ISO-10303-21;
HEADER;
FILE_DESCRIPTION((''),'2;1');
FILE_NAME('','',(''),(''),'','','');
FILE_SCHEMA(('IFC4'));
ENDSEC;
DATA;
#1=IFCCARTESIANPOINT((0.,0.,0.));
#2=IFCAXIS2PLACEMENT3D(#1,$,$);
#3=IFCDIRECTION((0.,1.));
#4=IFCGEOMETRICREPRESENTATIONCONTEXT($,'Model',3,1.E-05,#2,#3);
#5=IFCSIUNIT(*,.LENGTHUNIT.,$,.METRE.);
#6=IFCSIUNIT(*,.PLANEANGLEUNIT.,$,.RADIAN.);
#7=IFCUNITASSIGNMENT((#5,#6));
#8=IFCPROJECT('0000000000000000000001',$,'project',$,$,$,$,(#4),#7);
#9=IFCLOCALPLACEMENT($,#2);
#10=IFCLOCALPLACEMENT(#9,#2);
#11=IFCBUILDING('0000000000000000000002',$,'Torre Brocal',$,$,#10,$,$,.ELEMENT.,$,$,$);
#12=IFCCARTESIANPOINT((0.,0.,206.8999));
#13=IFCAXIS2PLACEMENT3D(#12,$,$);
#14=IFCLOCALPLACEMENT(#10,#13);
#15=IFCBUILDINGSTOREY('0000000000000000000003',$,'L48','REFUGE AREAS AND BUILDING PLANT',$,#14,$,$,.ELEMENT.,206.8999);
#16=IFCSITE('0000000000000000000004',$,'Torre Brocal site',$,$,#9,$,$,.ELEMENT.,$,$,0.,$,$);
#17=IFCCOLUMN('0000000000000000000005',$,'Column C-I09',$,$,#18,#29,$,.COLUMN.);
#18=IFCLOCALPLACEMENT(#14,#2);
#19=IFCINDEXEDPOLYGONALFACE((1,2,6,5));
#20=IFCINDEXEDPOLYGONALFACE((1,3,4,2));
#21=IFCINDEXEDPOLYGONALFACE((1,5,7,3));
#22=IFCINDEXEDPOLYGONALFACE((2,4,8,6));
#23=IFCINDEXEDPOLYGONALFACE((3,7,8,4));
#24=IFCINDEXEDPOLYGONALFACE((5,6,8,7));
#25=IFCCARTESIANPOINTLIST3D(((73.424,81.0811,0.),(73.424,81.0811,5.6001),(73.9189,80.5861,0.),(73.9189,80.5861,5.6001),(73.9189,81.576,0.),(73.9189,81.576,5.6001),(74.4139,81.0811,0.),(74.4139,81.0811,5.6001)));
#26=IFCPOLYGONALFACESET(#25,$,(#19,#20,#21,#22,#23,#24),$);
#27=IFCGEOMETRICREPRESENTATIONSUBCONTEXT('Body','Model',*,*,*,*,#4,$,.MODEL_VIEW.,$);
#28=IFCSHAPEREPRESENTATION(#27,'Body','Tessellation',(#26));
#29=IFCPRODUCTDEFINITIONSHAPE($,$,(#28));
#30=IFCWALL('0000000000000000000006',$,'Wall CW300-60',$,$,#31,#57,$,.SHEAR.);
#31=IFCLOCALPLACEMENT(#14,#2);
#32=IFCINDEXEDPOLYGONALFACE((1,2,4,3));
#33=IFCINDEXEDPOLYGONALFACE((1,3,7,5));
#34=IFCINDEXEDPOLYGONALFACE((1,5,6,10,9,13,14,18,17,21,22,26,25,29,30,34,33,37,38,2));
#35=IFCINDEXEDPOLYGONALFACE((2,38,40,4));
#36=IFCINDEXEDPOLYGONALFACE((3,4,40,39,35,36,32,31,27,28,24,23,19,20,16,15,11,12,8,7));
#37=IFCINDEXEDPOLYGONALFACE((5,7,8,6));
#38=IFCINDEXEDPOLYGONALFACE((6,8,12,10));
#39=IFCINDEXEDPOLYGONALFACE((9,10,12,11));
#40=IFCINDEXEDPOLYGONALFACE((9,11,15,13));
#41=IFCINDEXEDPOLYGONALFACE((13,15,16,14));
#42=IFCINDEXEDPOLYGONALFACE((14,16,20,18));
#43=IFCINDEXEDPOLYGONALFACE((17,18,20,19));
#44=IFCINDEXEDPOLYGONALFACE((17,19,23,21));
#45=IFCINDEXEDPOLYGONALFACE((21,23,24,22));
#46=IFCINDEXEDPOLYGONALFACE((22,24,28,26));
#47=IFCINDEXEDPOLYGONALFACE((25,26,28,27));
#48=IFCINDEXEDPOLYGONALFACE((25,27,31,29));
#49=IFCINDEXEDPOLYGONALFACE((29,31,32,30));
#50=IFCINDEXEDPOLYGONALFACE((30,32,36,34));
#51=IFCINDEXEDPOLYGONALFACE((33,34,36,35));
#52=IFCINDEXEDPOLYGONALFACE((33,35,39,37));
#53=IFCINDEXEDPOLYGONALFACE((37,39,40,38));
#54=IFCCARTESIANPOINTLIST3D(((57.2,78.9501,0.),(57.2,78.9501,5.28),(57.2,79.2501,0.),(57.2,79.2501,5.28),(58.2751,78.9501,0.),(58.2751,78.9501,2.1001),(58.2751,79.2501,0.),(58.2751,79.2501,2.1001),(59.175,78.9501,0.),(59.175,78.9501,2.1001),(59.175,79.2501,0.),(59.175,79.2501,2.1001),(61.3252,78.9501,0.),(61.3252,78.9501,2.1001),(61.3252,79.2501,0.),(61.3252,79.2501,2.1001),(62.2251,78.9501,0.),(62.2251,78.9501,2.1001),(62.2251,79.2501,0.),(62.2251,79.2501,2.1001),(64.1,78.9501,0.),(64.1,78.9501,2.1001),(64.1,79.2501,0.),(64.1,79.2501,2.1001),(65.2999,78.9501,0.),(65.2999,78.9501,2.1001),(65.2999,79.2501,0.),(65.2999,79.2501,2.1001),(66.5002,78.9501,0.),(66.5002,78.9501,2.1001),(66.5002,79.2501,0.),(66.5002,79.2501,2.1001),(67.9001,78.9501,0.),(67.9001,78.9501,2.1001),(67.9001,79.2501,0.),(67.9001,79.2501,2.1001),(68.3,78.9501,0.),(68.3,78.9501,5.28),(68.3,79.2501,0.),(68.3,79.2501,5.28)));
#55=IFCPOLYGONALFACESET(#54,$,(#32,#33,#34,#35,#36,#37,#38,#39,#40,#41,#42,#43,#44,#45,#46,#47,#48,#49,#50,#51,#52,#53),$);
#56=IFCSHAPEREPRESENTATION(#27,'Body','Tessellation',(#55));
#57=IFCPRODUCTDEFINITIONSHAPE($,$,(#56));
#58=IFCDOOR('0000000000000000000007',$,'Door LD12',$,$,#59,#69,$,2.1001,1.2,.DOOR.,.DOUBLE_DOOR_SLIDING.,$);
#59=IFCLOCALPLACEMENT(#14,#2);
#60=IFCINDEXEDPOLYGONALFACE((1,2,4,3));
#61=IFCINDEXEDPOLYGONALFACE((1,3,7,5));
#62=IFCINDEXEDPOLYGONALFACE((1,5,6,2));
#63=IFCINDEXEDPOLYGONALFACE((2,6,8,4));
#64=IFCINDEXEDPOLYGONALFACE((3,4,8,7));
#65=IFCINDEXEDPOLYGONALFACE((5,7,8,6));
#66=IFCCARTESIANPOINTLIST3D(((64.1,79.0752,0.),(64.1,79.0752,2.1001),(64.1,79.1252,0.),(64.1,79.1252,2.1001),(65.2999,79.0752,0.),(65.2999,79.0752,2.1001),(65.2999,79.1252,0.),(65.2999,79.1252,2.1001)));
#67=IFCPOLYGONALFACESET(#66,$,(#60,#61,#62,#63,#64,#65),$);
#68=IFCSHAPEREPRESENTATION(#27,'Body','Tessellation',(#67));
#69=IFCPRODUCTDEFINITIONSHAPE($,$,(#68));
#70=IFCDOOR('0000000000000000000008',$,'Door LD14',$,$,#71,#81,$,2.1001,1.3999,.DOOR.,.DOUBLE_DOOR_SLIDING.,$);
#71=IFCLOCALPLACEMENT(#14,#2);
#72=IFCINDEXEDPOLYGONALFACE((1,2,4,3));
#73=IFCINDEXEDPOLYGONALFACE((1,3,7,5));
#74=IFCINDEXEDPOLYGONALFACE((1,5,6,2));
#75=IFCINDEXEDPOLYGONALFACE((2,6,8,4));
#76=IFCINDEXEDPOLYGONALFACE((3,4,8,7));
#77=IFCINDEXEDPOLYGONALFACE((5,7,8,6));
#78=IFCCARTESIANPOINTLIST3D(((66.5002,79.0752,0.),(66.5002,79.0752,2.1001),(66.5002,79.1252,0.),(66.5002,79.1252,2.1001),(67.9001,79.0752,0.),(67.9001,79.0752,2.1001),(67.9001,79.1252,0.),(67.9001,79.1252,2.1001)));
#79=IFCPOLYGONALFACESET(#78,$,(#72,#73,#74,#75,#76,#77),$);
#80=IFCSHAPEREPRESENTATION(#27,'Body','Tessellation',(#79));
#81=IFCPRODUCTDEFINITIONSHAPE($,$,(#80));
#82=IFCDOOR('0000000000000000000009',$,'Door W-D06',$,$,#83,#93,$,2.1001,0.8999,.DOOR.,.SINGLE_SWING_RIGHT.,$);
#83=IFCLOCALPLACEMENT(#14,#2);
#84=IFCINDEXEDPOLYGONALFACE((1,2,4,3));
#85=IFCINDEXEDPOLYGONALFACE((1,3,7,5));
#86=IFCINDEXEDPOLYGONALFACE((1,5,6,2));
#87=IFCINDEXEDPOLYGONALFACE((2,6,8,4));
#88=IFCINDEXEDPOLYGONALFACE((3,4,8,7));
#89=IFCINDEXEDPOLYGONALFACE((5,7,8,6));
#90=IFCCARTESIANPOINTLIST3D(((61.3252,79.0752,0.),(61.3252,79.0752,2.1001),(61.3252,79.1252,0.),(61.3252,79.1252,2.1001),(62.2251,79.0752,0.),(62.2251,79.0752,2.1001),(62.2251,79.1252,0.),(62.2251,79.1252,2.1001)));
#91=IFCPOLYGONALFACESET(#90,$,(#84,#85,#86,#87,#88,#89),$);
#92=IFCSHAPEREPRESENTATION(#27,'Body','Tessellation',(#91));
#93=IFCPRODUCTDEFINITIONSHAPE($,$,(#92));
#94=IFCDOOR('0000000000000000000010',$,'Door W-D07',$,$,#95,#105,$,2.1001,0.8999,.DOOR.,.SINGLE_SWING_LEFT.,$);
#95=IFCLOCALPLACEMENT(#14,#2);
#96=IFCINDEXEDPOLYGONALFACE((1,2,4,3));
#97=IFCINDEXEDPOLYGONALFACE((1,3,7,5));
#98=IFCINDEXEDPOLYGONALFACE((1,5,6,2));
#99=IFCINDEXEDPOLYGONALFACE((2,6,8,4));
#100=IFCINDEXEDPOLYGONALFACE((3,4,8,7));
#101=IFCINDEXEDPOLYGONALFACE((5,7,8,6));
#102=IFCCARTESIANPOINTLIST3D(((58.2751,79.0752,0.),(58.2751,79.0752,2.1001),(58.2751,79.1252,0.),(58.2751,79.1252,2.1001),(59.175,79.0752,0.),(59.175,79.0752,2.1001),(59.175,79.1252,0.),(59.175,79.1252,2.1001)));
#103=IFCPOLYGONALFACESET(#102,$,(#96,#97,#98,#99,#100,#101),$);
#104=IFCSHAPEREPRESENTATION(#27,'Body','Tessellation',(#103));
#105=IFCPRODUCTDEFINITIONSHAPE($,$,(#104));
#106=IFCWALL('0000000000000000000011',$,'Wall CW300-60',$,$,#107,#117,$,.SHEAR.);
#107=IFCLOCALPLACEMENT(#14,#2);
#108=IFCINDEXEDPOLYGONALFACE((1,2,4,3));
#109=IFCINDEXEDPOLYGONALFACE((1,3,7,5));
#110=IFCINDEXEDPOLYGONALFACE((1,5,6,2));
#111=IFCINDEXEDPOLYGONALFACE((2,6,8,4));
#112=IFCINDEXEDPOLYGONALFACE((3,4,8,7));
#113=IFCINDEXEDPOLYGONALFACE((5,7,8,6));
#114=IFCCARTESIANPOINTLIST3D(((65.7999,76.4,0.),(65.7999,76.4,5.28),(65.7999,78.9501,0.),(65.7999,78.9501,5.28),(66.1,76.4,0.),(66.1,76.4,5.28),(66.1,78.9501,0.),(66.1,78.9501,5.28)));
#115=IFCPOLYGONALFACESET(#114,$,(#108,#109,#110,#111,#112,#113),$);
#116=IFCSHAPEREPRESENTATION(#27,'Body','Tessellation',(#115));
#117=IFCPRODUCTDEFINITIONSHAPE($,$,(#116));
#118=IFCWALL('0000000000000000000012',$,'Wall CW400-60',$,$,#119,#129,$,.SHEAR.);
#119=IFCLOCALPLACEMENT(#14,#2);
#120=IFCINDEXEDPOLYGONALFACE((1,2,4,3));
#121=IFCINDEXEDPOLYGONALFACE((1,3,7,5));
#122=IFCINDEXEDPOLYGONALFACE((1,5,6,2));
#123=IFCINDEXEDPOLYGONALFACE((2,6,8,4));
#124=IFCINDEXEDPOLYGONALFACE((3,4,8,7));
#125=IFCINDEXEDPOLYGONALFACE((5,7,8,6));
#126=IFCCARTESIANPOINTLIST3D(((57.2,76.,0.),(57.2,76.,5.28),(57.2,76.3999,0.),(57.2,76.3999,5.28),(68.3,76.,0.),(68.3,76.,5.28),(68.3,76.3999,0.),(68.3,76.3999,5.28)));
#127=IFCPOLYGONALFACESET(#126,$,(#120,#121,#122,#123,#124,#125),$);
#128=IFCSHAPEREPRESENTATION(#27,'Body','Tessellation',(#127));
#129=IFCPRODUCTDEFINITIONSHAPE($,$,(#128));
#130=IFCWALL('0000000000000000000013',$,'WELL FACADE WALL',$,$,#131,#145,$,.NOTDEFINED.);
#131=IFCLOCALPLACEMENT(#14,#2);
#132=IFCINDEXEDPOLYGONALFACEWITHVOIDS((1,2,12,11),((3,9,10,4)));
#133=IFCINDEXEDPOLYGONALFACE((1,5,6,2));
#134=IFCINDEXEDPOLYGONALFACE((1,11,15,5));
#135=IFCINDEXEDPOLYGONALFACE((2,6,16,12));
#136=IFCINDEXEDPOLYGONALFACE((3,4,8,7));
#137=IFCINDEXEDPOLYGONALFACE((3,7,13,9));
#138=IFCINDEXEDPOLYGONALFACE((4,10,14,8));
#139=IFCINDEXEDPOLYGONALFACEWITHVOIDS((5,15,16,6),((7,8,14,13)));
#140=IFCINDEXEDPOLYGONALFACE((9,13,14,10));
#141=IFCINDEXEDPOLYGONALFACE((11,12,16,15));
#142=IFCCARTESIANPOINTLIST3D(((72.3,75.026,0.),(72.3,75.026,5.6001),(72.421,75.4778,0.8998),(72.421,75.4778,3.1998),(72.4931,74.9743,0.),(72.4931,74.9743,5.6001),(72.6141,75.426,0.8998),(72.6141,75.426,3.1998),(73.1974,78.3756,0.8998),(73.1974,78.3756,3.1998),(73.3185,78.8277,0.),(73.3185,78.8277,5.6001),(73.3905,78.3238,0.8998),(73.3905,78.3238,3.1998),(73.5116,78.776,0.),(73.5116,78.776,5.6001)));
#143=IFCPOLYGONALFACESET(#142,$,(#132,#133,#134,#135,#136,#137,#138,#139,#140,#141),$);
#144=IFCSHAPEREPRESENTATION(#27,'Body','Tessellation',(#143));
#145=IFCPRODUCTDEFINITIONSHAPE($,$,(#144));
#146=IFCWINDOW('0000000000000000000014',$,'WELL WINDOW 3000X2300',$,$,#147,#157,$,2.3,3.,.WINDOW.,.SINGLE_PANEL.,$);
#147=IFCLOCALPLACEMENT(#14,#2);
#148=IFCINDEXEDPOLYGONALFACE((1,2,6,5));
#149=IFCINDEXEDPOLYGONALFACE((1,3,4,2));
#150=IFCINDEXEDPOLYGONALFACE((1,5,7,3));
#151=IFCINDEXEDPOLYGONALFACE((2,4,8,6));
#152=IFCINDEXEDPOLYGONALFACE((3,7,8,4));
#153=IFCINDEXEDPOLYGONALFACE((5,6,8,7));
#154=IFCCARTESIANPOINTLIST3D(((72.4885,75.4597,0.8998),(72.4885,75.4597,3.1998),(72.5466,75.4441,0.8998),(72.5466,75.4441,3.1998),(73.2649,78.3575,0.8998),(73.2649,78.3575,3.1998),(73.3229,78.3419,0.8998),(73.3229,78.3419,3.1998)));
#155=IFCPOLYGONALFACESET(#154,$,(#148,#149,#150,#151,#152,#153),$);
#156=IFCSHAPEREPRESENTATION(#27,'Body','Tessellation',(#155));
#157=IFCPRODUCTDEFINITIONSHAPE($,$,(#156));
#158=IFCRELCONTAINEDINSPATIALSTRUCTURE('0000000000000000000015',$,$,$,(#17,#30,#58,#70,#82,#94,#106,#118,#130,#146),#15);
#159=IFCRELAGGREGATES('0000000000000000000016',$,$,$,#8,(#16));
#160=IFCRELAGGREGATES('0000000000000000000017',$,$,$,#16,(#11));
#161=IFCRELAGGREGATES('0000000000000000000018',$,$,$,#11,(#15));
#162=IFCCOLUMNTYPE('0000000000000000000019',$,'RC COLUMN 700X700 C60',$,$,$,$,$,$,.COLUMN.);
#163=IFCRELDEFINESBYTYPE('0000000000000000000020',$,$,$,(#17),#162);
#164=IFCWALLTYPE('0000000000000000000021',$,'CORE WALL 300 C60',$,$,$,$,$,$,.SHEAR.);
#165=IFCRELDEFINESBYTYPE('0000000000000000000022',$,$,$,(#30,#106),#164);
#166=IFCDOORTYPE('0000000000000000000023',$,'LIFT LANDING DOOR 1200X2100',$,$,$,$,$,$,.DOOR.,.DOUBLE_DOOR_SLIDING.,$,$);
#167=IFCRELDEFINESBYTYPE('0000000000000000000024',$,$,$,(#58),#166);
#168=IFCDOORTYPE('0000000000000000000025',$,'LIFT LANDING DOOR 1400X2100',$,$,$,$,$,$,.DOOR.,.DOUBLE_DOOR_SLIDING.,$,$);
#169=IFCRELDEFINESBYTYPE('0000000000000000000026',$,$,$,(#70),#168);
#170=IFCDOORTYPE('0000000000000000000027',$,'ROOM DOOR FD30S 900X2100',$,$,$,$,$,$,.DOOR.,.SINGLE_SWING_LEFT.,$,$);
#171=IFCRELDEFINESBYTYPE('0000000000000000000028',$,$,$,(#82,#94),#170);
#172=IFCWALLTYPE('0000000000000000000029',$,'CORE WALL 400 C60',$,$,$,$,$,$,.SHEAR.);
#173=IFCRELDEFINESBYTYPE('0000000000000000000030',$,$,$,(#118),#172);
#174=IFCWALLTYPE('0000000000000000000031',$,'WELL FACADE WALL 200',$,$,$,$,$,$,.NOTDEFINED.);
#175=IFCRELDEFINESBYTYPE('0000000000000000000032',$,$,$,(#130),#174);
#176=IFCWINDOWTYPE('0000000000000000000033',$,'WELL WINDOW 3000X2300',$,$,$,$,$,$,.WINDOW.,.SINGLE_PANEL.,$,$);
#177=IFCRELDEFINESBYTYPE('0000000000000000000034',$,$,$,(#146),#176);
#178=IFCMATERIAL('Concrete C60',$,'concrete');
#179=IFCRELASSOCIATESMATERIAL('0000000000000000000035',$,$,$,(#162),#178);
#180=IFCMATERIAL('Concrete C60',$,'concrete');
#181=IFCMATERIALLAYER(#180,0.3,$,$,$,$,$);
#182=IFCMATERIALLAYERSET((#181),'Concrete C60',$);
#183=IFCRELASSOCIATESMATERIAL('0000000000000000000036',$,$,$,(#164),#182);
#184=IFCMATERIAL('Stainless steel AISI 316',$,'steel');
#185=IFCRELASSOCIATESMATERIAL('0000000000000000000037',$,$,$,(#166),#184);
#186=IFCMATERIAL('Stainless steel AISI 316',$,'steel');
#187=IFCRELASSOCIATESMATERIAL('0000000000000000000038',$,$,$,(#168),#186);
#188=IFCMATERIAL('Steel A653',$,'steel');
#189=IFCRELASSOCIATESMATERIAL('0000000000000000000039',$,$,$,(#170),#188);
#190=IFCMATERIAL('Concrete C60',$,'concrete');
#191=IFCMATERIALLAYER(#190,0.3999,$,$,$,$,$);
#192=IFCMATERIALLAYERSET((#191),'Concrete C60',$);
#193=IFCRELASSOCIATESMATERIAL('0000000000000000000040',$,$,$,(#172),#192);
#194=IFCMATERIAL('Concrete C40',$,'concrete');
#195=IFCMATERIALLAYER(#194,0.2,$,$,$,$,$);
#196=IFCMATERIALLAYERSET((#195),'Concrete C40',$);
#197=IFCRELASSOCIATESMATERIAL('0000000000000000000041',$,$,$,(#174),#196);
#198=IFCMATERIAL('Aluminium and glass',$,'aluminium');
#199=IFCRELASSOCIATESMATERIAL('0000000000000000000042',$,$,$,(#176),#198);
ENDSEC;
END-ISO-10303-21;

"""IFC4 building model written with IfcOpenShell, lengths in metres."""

from ifc_helpers import new_model, si_unit, direction, frame, frame_2d, origin, origin_2d, place, context, subcontext, project, spatial, rectangle, extrude, material, layer, layer_set, material_profile, profile_set, type_object, element, fill, save


model = new_model("IFC4")

# Units and contexts
model_context = context("Model", 3, precision=1e-05, world=origin(), true_north=direction((0.0, 1.0)))
body_context = subcontext(model_context, "Body", "Model", "MODEL_VIEW")
ifc_project = project(units=[si_unit("LENGTHUNIT", "METRE"), si_unit("PLANEANGLEUNIT", "RADIAN")], contexts=[model_context])

# Site, building, storey
site_placement = place(None, origin())
site = spatial("IfcSite", under=ifc_project, at=site_placement, Name="Torre Brocal site", CompositionType="ELEMENT", RefElevation=0.0)
building_placement = place(site_placement, origin())
building = spatial("IfcBuilding", under=site, at=building_placement, Name="Torre Brocal", CompositionType="ELEMENT")
storey_placement = place(building_placement, frame((0.0, 0.0, 206.8999)))
storey = spatial("IfcBuildingStorey", under=building, at=storey_placement, Name="L48", Description="REFUGE AREAS AND BUILDING PLANT", CompositionType="ELEMENT", Elevation=206.8999)

# Column
ifc_material_1 = material(Name="Concrete C60", Category="concrete")
ifc_material_profile = material_profile(ifc_material_1, rectangle(XDim=0.7, YDim=0.7, at=origin_2d()), Name="RC 700X700")
ifc_profile_set = profile_set([ifc_material_profile], Name="Concrete C60")
column_type = type_object("IfcColumnType", Name="RC COLUMN 700X700 C60", PredefinedType="COLUMN", material=ifc_profile_set)
column_placement = place(storey_placement, frame((73.9189, 81.0811, 0.0), z_axis=(0.0, 0.0, 1.0), x_axis=(-0.707107, 0.707107, 0.0)))
element("IfcColumn", 1, at=column_placement, inside=storey, type_object=column_type, Name="Column C-I09", PredefinedType="COLUMN", context=body_context, shape_type="SweptSolid", body=[
    extrude(rectangle(XDim=0.7, YDim=0.7, at=origin_2d()), origin(), (0.0, 0.0, 1.0), 5.6001),
])

# Wall, openings, doors
ifc_material_2 = material(Name="Concrete C60", Category="concrete")
ifc_layer_1 = layer(ifc_material_2, 0.3)
ifc_layer_set_1 = layer_set([ifc_layer_1], Name="Concrete C60")
wall_type_1 = type_object("IfcWallType", Name="CORE WALL 300 C60", PredefinedType="SHEAR", material=ifc_layer_set_1)
wall_1_placement = place(storey_placement, frame((68.3, 79.1001, 0.0), z_axis=(0.0, 0.0, 1.0), x_axis=(-1.0, 0.0, 0.0)))
wall_1 = element("IfcWall", 2, at=wall_1_placement, inside=storey, type_object=wall_type_1, Name="Wall CW300-60", PredefinedType="SHEAR", context=body_context, shape_type="SweptSolid", body=[
    extrude(rectangle(XDim=11.1001, YDim=0.3, at=frame_2d((5.55, 0.0))), origin(), (0.0, 0.0, 1.0), 5.28),
])
opening_1_placement = place(wall_1_placement, frame((0.3999, 0.0, 0.0)))
opening_1 = element("IfcOpeningElement", 3, at=opening_1_placement, cuts=wall_1, PredefinedType="OPENING", context=body_context, shape_type="SweptSolid", body=[
    extrude(rectangle(XDim=1.3999, YDim=2.1001, at=frame_2d((0.7, 1.05))), frame((0.0, 0.1599, 0.0), z_axis=(0.0, -1.0, 0.0), x_axis=(1.0, 0.0, 0.0)), (0.0, 0.0, 1.0), 0.3201),
])
opening_2_placement = place(wall_1_placement, frame((3.0, 0.0, 0.0)))
opening_2 = element("IfcOpeningElement", 4, at=opening_2_placement, cuts=wall_1, PredefinedType="OPENING", context=body_context, shape_type="SweptSolid", body=[
    extrude(rectangle(XDim=1.2, YDim=2.1001, at=frame_2d((0.6001, 1.05))), frame((0.0, 0.1599, 0.0), z_axis=(0.0, -1.0, 0.0), x_axis=(1.0, 0.0, 0.0)), (0.0, 0.0, 1.0), 0.3201),
])
opening_3_placement = place(wall_1_placement, frame((6.075, 0.0, 0.0)))
opening_3 = element("IfcOpeningElement", 5, at=opening_3_placement, cuts=wall_1, PredefinedType="OPENING", context=body_context, shape_type="SweptSolid", body=[
    extrude(rectangle(XDim=0.8999, YDim=2.1001, at=frame_2d((0.45, 1.05))), frame((0.0, 0.1599, 0.0), z_axis=(0.0, -1.0, 0.0), x_axis=(1.0, 0.0, 0.0)), (0.0, 0.0, 1.0), 0.3201),
])
opening_4_placement = place(wall_1_placement, frame((9.125, 0.0, 0.0)))
opening_4 = element("IfcOpeningElement", 6, at=opening_4_placement, cuts=wall_1, PredefinedType="OPENING", context=body_context, shape_type="SweptSolid", body=[
    extrude(rectangle(XDim=0.8999, YDim=2.1001, at=frame_2d((0.45, 1.05))), frame((0.0, 0.1599, 0.0), z_axis=(0.0, -1.0, 0.0), x_axis=(1.0, 0.0, 0.0)), (0.0, 0.0, 1.0), 0.3201),
])
ifc_material_3 = material(Name="Stainless steel AISI 316", Category="steel")
door_type_1 = type_object("IfcDoorType", Name="LIFT LANDING DOOR 1200X2100", OperationType="DOUBLE_DOOR_SLIDING", PredefinedType="DOOR", material=ifc_material_3)
door_1_placement = place(opening_2_placement, origin())
door_1 = element("IfcDoor", 7, at=door_1_placement, inside=storey, type_object=door_type_1, Name="Door LD12", OperationType="DOUBLE_DOOR_SLIDING", OverallHeight=2.1001, OverallWidth=1.2, PredefinedType="DOOR", context=body_context, shape_type="SweptSolid", body=[
    extrude(rectangle(XDim=1.2, YDim=2.1001, at=frame_2d((0.6001, 1.05))), frame((0.0, 0.0249, 0.0), z_axis=(0.0, -1.0, 0.0), x_axis=(1.0, 0.0, 0.0)), (0.0, 0.0, 1.0), 0.05),
])
fill(opening_2, door_1)
ifc_material_4 = material(Name="Stainless steel AISI 316", Category="steel")
door_type_2 = type_object("IfcDoorType", Name="LIFT LANDING DOOR 1400X2100", OperationType="DOUBLE_DOOR_SLIDING", PredefinedType="DOOR", material=ifc_material_4)
door_2_placement = place(opening_1_placement, origin())
door_2 = element("IfcDoor", 8, at=door_2_placement, inside=storey, type_object=door_type_2, Name="Door LD14", OperationType="DOUBLE_DOOR_SLIDING", OverallHeight=2.1001, OverallWidth=1.3999, PredefinedType="DOOR", context=body_context, shape_type="SweptSolid", body=[
    extrude(rectangle(XDim=1.3999, YDim=2.1001, at=frame_2d((0.7, 1.05))), frame((0.0, 0.0249, 0.0), z_axis=(0.0, -1.0, 0.0), x_axis=(1.0, 0.0, 0.0)), (0.0, 0.0, 1.0), 0.05),
])
fill(opening_1, door_2)
ifc_material_5 = material(Name="Steel A653", Category="steel")
door_type_3 = type_object("IfcDoorType", Name="ROOM DOOR FD30S 900X2100", OperationType="SINGLE_SWING_LEFT", PredefinedType="DOOR", material=ifc_material_5)
door_3_placement = place(opening_3_placement, origin())
door_3 = element("IfcDoor", 9, at=door_3_placement, inside=storey, type_object=door_type_3, Name="Door W-D06", OperationType="SINGLE_SWING_RIGHT", OverallHeight=2.1001, OverallWidth=0.8999, PredefinedType="DOOR", context=body_context, shape_type="SweptSolid", body=[
    extrude(rectangle(XDim=0.8999, YDim=2.1001, at=frame_2d((0.45, 1.05))), frame((0.0, 0.0249, 0.0), z_axis=(0.0, -1.0, 0.0), x_axis=(1.0, 0.0, 0.0)), (0.0, 0.0, 1.0), 0.05),
])
fill(opening_3, door_3)
door_4_placement = place(opening_4_placement, origin())
door_4 = element("IfcDoor", 10, at=door_4_placement, inside=storey, type_object=door_type_3, Name="Door W-D07", OperationType="SINGLE_SWING_LEFT", OverallHeight=2.1001, OverallWidth=0.8999, PredefinedType="DOOR", context=body_context, shape_type="SweptSolid", body=[
    extrude(rectangle(XDim=0.8999, YDim=2.1001, at=frame_2d((0.45, 1.05))), frame((0.0, 0.0249, 0.0), z_axis=(0.0, -1.0, 0.0), x_axis=(1.0, 0.0, 0.0)), (0.0, 0.0, 1.0), 0.05),
])
fill(opening_4, door_4)

# Walls
wall_2_placement = place(storey_placement, frame((65.95, 78.95, 0.0), z_axis=(0.0, 0.0, 1.0), x_axis=(0.0, -1.0, 0.0)))
element("IfcWall", 11, at=wall_2_placement, inside=storey, type_object=wall_type_1, Name="Wall CW300-60", PredefinedType="SHEAR", context=body_context, shape_type="SweptSolid", body=[
    extrude(rectangle(XDim=2.55, YDim=0.3, at=frame_2d((1.2749, 0.0))), origin(), (0.0, 0.0, 1.0), 5.28),
])
ifc_material_6 = material(Name="Concrete C60", Category="concrete")
ifc_layer_2 = layer(ifc_material_6, 0.3999)
ifc_layer_set_2 = layer_set([ifc_layer_2], Name="Concrete C60")
wall_type_2 = type_object("IfcWallType", Name="CORE WALL 400 C60", PredefinedType="SHEAR", material=ifc_layer_set_2)
wall_3_placement = place(storey_placement, frame((68.3, 76.2, 0.0), z_axis=(0.0, 0.0, 1.0), x_axis=(-1.0, 0.0, 0.0)))
element("IfcWall", 12, at=wall_3_placement, inside=storey, type_object=wall_type_2, Name="Wall CW400-60", PredefinedType="SHEAR", context=body_context, shape_type="SweptSolid", body=[
    extrude(rectangle(XDim=11.1001, YDim=0.3999, at=frame_2d((5.55, 0.0))), origin(), (0.0, 0.0, 1.0), 5.28),
])

# Wall, opening, window
ifc_material_7 = material(Name="Concrete C40", Category="concrete")
ifc_layer_3 = layer(ifc_material_7, 0.2)
ifc_layer_set_3 = layer_set([ifc_layer_3], Name="Concrete C40")
wall_type_3 = type_object("IfcWallType", Name="WELL FACADE WALL 200", PredefinedType="NOTDEFINED", material=ifc_layer_set_3)
wall_4_placement = place(storey_placement, frame((73.415, 78.8018, 0.0), z_axis=(0.0, 0.0, 1.0), x_axis=(-0.25879, -0.965934, 0.0)))
wall_4 = element("IfcWall", 13, at=wall_4_placement, inside=storey, type_object=wall_type_3, Name="WELL FACADE WALL", PredefinedType="NOTDEFINED", context=body_context, shape_type="SweptSolid", body=[
    extrude(rectangle(XDim=3.9358, YDim=0.2, at=frame_2d((1.9678, 0.0))), origin(), (0.0, 0.0, 1.0), 5.6001),
])
opening_5_placement = place(wall_4_placement, frame((0.468, 0.0, 0.8999)))
opening_5 = element("IfcOpeningElement", 14, at=opening_5_placement, cuts=wall_4, PredefinedType="OPENING", context=body_context, shape_type="SweptSolid", body=[
    extrude(rectangle(XDim=3.0, YDim=2.3, at=frame_2d((1.5, 1.1499))), frame((0.0, 0.1099, 0.0), z_axis=(0.0, -1.0, 0.0), x_axis=(1.0, 0.0, 0.0)), (0.0, 0.0, 1.0), 0.22),
])
ifc_material_8 = material(Name="Aluminium and glass", Category="aluminium")
window_type = type_object("IfcWindowType", Name="WELL WINDOW 3000X2300", PartitioningType="SINGLE_PANEL", PredefinedType="WINDOW", material=ifc_material_8)
window_placement = place(opening_5_placement, origin())
window = element("IfcWindow", 15, at=window_placement, inside=storey, type_object=window_type, Name="WELL WINDOW 3000X2300", OverallHeight=2.3, OverallWidth=3.0, PartitioningType="SINGLE_PANEL", PredefinedType="WINDOW", context=body_context, shape_type="SweptSolid", body=[
    extrude(rectangle(XDim=3.0, YDim=2.3, at=frame_2d((1.5, 1.1499))), frame((0.0, 0.03, 0.0), z_axis=(0.0, -1.0, 0.0), x_axis=(1.0, 0.0, 0.0)), (0.0, 0.0, 1.0), 0.0601),
])
fill(opening_5, window)

save(model, "model.ifc")
